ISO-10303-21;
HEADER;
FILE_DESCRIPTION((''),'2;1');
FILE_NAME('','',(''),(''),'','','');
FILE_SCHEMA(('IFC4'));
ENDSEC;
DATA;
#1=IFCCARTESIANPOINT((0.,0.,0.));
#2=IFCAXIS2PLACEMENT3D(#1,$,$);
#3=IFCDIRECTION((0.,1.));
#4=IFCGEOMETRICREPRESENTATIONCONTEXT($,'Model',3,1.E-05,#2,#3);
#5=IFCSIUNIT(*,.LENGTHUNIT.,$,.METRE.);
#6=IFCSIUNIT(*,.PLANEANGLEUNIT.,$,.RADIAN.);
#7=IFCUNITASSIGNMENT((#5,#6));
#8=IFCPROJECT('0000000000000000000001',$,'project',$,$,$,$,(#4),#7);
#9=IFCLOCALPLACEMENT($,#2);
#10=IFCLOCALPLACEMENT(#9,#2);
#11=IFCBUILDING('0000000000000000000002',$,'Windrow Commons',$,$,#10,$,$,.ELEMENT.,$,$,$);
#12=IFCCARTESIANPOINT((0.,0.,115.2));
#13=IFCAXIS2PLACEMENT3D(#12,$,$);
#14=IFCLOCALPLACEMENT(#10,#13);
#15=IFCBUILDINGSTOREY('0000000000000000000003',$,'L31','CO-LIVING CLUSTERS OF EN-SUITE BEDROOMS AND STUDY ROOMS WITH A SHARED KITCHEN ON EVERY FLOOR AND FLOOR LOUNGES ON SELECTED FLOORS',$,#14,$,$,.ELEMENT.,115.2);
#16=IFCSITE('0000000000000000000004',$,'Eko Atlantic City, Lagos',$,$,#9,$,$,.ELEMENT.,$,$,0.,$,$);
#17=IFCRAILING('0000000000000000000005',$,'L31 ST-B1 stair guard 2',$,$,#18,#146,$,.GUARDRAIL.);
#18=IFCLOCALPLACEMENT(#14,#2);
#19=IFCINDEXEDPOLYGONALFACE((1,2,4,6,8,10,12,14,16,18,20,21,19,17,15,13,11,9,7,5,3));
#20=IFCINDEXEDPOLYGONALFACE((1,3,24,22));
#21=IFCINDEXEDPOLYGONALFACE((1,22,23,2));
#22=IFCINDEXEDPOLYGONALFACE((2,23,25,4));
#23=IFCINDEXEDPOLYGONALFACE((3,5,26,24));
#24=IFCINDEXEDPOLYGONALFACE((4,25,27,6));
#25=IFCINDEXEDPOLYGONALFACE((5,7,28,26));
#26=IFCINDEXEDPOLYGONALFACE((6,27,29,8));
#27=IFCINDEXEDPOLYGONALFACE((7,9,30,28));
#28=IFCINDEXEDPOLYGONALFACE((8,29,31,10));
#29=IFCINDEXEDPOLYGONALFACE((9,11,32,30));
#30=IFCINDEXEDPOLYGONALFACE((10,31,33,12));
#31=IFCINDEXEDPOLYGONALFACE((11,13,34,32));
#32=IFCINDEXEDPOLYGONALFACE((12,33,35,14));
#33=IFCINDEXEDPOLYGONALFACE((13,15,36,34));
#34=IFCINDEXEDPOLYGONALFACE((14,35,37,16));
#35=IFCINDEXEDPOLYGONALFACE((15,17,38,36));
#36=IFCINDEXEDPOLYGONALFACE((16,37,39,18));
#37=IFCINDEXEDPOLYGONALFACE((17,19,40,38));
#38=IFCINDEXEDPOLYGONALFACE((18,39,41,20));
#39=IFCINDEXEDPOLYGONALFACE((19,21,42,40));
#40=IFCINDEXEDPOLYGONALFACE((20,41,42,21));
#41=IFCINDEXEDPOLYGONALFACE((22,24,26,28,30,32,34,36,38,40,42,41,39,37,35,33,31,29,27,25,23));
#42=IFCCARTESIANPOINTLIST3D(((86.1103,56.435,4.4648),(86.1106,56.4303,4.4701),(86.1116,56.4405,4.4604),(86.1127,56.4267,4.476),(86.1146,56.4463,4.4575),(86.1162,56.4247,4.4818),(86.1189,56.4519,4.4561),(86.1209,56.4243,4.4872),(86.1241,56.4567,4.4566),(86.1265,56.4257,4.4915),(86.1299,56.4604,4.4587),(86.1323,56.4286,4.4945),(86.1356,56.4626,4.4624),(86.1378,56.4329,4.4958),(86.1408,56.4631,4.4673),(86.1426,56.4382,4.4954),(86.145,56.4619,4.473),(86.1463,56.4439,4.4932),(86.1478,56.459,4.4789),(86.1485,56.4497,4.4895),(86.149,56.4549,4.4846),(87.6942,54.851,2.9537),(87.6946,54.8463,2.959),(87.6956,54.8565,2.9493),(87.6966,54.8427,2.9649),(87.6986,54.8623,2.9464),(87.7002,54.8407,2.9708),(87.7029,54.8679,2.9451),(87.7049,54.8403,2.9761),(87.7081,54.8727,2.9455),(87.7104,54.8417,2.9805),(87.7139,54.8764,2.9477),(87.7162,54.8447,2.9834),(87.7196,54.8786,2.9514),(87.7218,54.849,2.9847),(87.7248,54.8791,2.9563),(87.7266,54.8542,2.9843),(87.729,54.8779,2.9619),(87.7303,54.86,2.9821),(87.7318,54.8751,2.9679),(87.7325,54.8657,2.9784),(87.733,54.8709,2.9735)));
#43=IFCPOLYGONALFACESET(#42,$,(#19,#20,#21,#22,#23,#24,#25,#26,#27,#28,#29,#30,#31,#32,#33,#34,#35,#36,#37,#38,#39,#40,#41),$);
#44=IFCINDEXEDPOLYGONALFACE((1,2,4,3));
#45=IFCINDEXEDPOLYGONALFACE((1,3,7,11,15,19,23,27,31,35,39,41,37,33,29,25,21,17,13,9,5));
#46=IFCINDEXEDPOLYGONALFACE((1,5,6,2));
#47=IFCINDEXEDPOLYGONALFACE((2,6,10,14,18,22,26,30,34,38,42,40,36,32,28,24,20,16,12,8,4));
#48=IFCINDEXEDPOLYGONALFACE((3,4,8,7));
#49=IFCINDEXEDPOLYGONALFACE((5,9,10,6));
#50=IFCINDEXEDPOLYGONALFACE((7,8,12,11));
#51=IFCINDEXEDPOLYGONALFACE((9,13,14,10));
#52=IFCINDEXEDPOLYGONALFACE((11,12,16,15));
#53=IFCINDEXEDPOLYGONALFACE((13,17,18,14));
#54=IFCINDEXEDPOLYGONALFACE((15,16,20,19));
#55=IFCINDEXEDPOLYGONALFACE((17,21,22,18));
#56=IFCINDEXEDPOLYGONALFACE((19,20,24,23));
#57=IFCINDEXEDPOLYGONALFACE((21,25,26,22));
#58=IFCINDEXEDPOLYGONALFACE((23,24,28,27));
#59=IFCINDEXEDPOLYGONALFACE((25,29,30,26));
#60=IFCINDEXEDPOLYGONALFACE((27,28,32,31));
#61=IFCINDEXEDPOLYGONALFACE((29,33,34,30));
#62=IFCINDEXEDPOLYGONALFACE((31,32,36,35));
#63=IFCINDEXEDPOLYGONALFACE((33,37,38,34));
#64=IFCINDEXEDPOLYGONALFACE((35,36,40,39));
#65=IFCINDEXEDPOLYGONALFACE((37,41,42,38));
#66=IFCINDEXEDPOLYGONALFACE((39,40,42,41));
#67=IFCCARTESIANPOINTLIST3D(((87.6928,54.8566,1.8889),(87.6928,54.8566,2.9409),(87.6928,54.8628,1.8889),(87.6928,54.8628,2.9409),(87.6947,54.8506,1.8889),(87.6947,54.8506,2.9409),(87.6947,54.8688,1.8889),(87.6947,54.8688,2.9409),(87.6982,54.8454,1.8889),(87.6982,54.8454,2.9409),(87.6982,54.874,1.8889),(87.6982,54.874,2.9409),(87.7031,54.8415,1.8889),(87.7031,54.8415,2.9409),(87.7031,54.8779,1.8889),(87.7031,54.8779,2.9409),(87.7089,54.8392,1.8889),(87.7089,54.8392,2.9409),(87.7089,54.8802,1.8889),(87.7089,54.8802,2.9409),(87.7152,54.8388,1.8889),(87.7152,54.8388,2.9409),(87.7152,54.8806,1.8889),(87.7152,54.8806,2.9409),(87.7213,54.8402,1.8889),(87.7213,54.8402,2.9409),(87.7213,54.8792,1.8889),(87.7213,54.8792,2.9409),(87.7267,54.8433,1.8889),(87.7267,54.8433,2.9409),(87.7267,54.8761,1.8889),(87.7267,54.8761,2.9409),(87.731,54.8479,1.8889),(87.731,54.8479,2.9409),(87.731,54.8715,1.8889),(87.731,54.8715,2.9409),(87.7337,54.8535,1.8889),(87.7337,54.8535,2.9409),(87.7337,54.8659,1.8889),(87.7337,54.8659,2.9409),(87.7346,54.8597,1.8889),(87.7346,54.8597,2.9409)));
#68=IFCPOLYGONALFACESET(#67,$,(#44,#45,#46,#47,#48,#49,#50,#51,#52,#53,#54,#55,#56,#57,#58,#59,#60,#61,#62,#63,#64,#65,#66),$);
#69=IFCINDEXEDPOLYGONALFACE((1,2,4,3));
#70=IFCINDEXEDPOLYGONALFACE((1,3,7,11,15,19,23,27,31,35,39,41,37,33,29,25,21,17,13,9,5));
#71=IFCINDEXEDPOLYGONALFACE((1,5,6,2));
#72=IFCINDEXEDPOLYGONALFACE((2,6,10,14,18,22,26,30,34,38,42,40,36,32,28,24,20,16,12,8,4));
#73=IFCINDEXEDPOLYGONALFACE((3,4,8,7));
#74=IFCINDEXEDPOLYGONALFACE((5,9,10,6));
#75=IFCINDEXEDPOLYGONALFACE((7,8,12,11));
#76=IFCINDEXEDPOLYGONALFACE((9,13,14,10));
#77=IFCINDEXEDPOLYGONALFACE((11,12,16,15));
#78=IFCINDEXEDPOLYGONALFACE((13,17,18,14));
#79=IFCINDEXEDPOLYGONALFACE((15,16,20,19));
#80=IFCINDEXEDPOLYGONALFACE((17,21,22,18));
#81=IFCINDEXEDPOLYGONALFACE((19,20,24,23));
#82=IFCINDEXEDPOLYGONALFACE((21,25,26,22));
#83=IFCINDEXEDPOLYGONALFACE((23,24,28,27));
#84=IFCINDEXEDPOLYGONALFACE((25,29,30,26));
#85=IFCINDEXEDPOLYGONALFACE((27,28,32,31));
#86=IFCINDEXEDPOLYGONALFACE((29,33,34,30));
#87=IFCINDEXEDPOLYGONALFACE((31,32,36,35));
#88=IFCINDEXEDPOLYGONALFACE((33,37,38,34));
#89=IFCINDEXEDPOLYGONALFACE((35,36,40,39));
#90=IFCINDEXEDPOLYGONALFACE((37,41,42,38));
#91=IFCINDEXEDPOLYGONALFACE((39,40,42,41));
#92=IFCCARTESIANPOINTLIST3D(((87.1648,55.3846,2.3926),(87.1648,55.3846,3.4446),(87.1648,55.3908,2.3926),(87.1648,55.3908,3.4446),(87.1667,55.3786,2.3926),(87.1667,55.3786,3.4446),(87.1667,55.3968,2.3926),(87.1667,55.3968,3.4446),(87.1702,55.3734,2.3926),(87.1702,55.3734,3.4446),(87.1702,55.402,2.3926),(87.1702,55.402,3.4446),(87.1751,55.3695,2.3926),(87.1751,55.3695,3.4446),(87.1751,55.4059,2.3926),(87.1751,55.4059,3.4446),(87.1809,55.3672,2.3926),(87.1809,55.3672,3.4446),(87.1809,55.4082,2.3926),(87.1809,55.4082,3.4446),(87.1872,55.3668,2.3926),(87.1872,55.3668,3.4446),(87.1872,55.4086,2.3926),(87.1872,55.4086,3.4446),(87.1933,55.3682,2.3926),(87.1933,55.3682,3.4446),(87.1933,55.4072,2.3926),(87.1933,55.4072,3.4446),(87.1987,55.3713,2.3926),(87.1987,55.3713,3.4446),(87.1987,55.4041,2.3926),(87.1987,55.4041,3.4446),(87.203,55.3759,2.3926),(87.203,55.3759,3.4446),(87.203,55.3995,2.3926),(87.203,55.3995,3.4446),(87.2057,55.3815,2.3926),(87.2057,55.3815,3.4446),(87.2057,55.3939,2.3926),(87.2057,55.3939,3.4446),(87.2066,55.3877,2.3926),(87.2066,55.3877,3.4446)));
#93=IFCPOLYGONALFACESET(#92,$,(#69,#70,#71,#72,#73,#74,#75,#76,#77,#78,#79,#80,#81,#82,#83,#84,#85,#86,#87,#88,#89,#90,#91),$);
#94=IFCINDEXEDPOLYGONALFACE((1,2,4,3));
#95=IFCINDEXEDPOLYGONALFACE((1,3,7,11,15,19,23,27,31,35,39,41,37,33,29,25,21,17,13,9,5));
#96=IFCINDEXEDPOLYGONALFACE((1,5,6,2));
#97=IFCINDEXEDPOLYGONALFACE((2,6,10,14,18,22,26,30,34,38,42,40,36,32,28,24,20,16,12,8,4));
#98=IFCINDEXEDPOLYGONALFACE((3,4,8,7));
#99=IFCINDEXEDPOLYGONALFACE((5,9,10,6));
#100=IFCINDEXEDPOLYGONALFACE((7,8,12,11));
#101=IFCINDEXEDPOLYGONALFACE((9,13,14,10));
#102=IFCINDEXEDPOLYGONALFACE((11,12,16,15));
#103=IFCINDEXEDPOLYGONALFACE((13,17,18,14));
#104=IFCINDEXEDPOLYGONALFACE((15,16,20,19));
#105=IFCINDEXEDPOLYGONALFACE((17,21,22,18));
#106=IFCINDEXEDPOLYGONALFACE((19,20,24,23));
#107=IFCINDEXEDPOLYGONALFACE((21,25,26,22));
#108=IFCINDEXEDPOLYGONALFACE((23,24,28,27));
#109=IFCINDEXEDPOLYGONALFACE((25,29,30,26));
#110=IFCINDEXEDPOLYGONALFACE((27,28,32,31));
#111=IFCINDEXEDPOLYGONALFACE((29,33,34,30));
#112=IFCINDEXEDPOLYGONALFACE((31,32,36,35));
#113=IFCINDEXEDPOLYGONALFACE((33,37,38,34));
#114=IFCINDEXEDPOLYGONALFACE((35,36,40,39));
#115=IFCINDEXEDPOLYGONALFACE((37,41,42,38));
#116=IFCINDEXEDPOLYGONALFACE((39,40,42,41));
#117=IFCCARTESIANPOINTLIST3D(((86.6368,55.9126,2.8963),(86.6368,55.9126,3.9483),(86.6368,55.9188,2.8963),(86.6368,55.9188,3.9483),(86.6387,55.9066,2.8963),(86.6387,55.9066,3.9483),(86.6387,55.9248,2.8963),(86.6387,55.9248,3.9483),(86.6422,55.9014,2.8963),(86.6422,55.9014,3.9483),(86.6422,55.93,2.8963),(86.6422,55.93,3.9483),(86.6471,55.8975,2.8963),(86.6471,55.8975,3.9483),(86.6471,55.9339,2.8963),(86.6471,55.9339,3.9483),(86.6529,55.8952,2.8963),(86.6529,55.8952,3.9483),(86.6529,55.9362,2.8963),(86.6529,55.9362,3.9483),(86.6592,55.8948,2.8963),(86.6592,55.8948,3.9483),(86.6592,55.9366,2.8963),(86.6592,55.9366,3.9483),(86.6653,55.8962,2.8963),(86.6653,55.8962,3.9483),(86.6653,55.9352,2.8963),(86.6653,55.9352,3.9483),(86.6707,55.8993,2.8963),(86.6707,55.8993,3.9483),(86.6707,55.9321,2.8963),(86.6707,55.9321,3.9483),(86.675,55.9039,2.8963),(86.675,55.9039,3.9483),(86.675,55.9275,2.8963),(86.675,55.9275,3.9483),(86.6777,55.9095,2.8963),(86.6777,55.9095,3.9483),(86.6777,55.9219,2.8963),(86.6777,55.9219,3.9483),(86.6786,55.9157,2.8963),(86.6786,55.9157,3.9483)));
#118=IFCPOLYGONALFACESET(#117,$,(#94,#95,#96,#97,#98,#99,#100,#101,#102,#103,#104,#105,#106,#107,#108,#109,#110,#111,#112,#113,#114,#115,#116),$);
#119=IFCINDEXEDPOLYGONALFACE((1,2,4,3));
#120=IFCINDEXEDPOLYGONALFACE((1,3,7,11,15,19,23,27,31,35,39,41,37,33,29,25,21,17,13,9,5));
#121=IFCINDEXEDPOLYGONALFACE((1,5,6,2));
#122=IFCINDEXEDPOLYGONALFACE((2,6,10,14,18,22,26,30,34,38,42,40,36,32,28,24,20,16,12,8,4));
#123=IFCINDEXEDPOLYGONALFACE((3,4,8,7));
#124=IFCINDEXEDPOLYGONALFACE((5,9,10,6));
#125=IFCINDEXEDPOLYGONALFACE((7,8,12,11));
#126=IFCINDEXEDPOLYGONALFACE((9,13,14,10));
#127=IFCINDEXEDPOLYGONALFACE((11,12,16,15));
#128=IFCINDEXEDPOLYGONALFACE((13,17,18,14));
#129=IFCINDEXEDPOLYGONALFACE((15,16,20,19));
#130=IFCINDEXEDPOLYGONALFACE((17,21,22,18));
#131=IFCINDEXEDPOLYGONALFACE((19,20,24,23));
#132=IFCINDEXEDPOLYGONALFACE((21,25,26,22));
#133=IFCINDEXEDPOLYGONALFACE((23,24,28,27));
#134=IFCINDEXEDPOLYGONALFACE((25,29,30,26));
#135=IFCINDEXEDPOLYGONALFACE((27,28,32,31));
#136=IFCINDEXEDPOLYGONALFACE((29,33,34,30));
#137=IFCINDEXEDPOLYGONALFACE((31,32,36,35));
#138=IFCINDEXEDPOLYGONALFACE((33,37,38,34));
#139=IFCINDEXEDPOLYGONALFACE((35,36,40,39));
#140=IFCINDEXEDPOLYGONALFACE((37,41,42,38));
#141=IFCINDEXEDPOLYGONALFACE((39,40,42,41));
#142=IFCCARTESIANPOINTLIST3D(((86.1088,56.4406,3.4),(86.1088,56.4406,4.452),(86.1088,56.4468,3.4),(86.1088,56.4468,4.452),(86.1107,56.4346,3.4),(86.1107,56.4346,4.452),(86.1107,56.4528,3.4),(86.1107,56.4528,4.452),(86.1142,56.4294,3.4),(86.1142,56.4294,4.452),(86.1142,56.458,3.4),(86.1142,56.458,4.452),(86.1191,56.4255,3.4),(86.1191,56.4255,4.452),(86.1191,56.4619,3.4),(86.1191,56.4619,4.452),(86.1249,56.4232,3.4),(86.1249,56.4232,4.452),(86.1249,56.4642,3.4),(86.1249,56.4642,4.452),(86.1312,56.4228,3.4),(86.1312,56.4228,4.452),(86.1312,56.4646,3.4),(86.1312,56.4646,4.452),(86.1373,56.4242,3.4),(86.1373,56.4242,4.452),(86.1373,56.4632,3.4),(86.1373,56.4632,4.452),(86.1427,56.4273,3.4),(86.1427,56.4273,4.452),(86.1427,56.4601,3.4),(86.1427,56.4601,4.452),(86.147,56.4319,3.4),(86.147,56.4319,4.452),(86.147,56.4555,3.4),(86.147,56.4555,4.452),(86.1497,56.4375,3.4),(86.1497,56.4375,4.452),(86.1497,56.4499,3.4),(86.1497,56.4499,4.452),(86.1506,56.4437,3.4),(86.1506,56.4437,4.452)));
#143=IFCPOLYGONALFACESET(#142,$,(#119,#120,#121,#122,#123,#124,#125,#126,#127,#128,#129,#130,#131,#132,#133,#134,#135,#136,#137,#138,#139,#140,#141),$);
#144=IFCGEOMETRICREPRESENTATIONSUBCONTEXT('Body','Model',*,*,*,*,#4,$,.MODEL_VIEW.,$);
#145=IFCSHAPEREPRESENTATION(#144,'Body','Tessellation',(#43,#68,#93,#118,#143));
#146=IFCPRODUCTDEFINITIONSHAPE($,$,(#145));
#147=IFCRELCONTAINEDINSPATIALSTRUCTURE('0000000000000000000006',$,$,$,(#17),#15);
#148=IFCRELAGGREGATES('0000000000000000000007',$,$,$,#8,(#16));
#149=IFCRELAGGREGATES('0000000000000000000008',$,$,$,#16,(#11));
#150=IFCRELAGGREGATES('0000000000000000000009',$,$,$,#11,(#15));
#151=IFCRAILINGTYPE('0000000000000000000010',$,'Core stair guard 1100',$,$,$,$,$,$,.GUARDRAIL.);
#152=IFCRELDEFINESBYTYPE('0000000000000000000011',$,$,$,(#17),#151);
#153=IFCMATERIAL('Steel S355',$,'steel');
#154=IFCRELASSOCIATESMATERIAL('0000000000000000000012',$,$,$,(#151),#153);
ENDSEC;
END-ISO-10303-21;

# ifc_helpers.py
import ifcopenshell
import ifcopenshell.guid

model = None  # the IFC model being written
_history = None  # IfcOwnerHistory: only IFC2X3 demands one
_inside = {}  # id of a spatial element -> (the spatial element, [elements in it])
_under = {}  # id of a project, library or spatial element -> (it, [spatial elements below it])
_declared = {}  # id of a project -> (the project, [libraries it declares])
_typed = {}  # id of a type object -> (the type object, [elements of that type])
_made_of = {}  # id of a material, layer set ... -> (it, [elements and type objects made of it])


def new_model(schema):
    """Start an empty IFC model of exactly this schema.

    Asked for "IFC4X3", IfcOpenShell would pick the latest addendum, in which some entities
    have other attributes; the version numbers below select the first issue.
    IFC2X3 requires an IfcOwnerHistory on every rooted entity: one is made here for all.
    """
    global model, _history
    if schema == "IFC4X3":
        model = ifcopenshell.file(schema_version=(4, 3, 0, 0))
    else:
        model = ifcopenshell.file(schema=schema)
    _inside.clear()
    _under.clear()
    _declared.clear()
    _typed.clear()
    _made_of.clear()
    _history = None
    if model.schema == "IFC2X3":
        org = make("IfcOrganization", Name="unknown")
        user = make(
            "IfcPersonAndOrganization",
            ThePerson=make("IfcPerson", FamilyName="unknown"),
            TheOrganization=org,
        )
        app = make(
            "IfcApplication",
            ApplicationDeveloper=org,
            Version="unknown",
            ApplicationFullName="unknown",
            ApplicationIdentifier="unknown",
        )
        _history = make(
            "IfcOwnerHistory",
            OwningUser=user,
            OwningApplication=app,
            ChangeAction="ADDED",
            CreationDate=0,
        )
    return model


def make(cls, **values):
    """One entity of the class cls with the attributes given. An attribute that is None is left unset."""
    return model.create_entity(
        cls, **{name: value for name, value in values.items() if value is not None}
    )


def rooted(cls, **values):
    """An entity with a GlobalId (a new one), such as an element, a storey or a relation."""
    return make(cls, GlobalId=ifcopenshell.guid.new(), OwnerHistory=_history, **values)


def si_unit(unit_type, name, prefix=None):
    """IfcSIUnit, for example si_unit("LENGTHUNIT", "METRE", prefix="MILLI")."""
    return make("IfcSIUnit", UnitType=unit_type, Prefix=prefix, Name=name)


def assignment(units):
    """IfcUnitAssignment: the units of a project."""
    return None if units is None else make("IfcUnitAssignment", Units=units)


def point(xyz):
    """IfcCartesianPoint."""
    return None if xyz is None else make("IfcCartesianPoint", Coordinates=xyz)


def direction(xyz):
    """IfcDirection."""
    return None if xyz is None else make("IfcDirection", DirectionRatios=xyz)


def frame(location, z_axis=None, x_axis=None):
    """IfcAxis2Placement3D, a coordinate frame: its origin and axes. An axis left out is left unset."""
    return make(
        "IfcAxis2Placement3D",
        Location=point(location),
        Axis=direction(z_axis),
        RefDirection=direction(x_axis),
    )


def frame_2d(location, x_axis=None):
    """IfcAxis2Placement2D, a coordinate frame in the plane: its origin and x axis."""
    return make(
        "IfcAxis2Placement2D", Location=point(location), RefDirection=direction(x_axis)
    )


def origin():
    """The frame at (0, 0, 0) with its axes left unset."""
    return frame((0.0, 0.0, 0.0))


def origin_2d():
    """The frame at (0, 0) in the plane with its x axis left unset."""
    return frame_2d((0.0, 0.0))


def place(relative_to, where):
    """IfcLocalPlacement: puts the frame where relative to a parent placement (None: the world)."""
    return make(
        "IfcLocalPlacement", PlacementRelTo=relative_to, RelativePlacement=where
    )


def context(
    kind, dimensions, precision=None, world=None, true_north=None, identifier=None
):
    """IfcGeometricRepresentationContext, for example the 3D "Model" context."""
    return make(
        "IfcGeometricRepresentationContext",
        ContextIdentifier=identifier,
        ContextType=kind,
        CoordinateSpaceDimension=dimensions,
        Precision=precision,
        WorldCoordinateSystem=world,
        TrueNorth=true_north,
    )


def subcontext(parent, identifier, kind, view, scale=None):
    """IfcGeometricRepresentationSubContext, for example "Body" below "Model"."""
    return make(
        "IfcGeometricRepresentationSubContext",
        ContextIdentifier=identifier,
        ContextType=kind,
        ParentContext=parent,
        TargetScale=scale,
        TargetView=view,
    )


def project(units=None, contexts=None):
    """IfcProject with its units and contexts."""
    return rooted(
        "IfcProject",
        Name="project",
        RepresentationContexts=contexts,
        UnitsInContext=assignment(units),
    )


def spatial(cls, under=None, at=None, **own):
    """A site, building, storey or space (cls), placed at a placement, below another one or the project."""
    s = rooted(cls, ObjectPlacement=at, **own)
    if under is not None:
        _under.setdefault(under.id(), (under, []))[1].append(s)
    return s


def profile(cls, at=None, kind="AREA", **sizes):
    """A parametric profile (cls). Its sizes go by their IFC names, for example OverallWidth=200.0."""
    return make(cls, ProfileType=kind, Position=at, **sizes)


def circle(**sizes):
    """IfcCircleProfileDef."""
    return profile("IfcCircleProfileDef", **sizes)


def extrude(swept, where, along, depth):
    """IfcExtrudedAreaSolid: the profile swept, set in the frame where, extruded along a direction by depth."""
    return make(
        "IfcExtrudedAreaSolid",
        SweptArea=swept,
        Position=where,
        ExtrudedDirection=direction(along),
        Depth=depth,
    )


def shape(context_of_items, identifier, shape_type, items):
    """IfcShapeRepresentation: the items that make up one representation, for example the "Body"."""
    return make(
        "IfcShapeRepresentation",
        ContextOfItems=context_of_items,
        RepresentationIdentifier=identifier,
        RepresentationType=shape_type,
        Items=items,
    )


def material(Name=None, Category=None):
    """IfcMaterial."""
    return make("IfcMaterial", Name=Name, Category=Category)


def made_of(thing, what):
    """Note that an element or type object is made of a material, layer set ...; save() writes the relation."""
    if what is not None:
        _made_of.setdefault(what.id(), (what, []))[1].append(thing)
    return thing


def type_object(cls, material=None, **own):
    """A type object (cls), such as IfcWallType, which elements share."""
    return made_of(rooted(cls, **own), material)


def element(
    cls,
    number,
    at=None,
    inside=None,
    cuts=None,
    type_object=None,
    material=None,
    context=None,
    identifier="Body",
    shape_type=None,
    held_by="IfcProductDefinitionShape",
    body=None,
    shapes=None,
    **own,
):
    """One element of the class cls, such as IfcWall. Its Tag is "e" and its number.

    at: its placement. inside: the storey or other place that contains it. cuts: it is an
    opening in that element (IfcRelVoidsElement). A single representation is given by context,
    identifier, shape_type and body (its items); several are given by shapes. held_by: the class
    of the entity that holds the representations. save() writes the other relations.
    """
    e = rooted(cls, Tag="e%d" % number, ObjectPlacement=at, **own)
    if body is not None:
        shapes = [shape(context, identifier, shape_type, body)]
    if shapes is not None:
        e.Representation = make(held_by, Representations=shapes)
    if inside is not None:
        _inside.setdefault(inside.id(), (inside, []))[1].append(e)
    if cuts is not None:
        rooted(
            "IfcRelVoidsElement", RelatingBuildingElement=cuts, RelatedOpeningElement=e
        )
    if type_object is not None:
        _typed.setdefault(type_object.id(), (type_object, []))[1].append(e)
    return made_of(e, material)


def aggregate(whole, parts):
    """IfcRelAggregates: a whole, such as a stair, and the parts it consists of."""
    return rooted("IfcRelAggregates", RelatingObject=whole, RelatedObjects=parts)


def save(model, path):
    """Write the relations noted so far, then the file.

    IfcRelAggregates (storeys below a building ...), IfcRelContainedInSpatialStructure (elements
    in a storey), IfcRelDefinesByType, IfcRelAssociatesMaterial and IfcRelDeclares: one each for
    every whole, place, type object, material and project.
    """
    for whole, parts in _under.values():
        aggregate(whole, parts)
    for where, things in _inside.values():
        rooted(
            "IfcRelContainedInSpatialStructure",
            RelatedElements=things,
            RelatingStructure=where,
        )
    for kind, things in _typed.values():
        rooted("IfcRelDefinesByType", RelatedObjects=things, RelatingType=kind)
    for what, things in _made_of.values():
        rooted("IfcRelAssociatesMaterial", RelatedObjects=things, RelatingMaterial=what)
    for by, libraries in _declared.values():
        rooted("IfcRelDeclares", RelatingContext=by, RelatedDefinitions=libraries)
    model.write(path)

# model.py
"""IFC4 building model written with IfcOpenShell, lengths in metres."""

from ifc_helpers import new_model, si_unit, direction, frame, origin, origin_2d, place, context, subcontext, project, spatial, circle, extrude, material, type_object, element, save


model = new_model("IFC4")

# Units and contexts
model_context = context("Model", 3, precision=1e-05, world=origin(), true_north=direction((0.0, 1.0)))
body_context = subcontext(model_context, "Body", "Model", "MODEL_VIEW")
ifc_project = project(units=[si_unit("LENGTHUNIT", "METRE"), si_unit("PLANEANGLEUNIT", "RADIAN")], contexts=[model_context])

# Site, building, storey
site_placement = place(None, origin())
site = spatial("IfcSite", under=ifc_project, at=site_placement, Name="Eko Atlantic City, Lagos", CompositionType="ELEMENT", RefElevation=0.0)
building_placement = place(site_placement, origin())
building = spatial("IfcBuilding", under=site, at=building_placement, Name="Windrow Commons", CompositionType="ELEMENT")
storey_placement = place(building_placement, frame((0.0, 0.0, 115.2)))
storey = spatial("IfcBuildingStorey", under=building, at=storey_placement, Name="L31", Description="CO-LIVING CLUSTERS OF EN-SUITE BEDROOMS AND STUDY ROOMS WITH A SHARED KITCHEN ON EVERY FLOOR AND FLOOR LOUNGES ON SELECTED FLOORS", CompositionType="ELEMENT", Elevation=115.2)

# Railing
ifc_material_1 = material(Name="Steel S355", Category="steel")
railing_type_1 = type_object("IfcRailingType", Name="Core stair guard 1100", PredefinedType="GUARDRAIL", material=ifc_material_1)
railing_1_placement = place(storey_placement, frame((87.7136, 54.8597, 1.8889)))
element("IfcRailing", 1, at=railing_1_placement, inside=storey, type_object=railing_type_1, Name="L31 ST-B1 stair guard 2", PredefinedType="GUARDRAIL", context=body_context, shape_type="SweptSolid", body=[
    extrude(circle(Radius=0.024, at=origin_2d()), frame((0.0, 0.0, 1.076), z_axis=(-0.586203, 0.586203, 0.559224), x_axis=(-0.707107, -0.707107, 0.0)), (0.0, 0.0, 1.0), 2.7021),
    extrude(circle(Radius=0.021, at=origin_2d()), origin(), (0.0, 0.0, 1.0), 1.052),
    extrude(circle(Radius=0.021, at=origin_2d()), frame((-0.528, 0.528, 0.5037)), (0.0, 0.0, 1.0), 1.052),
    extrude(circle(Radius=0.021, at=origin_2d()), frame((-1.056, 1.056, 1.0074)), (0.0, 0.0, 1.0), 1.052),
    extrude(circle(Radius=0.021, at=origin_2d()), frame((-1.584, 1.584, 1.5111)), (0.0, 0.0, 1.0), 1.052),
])

save(model, "model.ifc")
